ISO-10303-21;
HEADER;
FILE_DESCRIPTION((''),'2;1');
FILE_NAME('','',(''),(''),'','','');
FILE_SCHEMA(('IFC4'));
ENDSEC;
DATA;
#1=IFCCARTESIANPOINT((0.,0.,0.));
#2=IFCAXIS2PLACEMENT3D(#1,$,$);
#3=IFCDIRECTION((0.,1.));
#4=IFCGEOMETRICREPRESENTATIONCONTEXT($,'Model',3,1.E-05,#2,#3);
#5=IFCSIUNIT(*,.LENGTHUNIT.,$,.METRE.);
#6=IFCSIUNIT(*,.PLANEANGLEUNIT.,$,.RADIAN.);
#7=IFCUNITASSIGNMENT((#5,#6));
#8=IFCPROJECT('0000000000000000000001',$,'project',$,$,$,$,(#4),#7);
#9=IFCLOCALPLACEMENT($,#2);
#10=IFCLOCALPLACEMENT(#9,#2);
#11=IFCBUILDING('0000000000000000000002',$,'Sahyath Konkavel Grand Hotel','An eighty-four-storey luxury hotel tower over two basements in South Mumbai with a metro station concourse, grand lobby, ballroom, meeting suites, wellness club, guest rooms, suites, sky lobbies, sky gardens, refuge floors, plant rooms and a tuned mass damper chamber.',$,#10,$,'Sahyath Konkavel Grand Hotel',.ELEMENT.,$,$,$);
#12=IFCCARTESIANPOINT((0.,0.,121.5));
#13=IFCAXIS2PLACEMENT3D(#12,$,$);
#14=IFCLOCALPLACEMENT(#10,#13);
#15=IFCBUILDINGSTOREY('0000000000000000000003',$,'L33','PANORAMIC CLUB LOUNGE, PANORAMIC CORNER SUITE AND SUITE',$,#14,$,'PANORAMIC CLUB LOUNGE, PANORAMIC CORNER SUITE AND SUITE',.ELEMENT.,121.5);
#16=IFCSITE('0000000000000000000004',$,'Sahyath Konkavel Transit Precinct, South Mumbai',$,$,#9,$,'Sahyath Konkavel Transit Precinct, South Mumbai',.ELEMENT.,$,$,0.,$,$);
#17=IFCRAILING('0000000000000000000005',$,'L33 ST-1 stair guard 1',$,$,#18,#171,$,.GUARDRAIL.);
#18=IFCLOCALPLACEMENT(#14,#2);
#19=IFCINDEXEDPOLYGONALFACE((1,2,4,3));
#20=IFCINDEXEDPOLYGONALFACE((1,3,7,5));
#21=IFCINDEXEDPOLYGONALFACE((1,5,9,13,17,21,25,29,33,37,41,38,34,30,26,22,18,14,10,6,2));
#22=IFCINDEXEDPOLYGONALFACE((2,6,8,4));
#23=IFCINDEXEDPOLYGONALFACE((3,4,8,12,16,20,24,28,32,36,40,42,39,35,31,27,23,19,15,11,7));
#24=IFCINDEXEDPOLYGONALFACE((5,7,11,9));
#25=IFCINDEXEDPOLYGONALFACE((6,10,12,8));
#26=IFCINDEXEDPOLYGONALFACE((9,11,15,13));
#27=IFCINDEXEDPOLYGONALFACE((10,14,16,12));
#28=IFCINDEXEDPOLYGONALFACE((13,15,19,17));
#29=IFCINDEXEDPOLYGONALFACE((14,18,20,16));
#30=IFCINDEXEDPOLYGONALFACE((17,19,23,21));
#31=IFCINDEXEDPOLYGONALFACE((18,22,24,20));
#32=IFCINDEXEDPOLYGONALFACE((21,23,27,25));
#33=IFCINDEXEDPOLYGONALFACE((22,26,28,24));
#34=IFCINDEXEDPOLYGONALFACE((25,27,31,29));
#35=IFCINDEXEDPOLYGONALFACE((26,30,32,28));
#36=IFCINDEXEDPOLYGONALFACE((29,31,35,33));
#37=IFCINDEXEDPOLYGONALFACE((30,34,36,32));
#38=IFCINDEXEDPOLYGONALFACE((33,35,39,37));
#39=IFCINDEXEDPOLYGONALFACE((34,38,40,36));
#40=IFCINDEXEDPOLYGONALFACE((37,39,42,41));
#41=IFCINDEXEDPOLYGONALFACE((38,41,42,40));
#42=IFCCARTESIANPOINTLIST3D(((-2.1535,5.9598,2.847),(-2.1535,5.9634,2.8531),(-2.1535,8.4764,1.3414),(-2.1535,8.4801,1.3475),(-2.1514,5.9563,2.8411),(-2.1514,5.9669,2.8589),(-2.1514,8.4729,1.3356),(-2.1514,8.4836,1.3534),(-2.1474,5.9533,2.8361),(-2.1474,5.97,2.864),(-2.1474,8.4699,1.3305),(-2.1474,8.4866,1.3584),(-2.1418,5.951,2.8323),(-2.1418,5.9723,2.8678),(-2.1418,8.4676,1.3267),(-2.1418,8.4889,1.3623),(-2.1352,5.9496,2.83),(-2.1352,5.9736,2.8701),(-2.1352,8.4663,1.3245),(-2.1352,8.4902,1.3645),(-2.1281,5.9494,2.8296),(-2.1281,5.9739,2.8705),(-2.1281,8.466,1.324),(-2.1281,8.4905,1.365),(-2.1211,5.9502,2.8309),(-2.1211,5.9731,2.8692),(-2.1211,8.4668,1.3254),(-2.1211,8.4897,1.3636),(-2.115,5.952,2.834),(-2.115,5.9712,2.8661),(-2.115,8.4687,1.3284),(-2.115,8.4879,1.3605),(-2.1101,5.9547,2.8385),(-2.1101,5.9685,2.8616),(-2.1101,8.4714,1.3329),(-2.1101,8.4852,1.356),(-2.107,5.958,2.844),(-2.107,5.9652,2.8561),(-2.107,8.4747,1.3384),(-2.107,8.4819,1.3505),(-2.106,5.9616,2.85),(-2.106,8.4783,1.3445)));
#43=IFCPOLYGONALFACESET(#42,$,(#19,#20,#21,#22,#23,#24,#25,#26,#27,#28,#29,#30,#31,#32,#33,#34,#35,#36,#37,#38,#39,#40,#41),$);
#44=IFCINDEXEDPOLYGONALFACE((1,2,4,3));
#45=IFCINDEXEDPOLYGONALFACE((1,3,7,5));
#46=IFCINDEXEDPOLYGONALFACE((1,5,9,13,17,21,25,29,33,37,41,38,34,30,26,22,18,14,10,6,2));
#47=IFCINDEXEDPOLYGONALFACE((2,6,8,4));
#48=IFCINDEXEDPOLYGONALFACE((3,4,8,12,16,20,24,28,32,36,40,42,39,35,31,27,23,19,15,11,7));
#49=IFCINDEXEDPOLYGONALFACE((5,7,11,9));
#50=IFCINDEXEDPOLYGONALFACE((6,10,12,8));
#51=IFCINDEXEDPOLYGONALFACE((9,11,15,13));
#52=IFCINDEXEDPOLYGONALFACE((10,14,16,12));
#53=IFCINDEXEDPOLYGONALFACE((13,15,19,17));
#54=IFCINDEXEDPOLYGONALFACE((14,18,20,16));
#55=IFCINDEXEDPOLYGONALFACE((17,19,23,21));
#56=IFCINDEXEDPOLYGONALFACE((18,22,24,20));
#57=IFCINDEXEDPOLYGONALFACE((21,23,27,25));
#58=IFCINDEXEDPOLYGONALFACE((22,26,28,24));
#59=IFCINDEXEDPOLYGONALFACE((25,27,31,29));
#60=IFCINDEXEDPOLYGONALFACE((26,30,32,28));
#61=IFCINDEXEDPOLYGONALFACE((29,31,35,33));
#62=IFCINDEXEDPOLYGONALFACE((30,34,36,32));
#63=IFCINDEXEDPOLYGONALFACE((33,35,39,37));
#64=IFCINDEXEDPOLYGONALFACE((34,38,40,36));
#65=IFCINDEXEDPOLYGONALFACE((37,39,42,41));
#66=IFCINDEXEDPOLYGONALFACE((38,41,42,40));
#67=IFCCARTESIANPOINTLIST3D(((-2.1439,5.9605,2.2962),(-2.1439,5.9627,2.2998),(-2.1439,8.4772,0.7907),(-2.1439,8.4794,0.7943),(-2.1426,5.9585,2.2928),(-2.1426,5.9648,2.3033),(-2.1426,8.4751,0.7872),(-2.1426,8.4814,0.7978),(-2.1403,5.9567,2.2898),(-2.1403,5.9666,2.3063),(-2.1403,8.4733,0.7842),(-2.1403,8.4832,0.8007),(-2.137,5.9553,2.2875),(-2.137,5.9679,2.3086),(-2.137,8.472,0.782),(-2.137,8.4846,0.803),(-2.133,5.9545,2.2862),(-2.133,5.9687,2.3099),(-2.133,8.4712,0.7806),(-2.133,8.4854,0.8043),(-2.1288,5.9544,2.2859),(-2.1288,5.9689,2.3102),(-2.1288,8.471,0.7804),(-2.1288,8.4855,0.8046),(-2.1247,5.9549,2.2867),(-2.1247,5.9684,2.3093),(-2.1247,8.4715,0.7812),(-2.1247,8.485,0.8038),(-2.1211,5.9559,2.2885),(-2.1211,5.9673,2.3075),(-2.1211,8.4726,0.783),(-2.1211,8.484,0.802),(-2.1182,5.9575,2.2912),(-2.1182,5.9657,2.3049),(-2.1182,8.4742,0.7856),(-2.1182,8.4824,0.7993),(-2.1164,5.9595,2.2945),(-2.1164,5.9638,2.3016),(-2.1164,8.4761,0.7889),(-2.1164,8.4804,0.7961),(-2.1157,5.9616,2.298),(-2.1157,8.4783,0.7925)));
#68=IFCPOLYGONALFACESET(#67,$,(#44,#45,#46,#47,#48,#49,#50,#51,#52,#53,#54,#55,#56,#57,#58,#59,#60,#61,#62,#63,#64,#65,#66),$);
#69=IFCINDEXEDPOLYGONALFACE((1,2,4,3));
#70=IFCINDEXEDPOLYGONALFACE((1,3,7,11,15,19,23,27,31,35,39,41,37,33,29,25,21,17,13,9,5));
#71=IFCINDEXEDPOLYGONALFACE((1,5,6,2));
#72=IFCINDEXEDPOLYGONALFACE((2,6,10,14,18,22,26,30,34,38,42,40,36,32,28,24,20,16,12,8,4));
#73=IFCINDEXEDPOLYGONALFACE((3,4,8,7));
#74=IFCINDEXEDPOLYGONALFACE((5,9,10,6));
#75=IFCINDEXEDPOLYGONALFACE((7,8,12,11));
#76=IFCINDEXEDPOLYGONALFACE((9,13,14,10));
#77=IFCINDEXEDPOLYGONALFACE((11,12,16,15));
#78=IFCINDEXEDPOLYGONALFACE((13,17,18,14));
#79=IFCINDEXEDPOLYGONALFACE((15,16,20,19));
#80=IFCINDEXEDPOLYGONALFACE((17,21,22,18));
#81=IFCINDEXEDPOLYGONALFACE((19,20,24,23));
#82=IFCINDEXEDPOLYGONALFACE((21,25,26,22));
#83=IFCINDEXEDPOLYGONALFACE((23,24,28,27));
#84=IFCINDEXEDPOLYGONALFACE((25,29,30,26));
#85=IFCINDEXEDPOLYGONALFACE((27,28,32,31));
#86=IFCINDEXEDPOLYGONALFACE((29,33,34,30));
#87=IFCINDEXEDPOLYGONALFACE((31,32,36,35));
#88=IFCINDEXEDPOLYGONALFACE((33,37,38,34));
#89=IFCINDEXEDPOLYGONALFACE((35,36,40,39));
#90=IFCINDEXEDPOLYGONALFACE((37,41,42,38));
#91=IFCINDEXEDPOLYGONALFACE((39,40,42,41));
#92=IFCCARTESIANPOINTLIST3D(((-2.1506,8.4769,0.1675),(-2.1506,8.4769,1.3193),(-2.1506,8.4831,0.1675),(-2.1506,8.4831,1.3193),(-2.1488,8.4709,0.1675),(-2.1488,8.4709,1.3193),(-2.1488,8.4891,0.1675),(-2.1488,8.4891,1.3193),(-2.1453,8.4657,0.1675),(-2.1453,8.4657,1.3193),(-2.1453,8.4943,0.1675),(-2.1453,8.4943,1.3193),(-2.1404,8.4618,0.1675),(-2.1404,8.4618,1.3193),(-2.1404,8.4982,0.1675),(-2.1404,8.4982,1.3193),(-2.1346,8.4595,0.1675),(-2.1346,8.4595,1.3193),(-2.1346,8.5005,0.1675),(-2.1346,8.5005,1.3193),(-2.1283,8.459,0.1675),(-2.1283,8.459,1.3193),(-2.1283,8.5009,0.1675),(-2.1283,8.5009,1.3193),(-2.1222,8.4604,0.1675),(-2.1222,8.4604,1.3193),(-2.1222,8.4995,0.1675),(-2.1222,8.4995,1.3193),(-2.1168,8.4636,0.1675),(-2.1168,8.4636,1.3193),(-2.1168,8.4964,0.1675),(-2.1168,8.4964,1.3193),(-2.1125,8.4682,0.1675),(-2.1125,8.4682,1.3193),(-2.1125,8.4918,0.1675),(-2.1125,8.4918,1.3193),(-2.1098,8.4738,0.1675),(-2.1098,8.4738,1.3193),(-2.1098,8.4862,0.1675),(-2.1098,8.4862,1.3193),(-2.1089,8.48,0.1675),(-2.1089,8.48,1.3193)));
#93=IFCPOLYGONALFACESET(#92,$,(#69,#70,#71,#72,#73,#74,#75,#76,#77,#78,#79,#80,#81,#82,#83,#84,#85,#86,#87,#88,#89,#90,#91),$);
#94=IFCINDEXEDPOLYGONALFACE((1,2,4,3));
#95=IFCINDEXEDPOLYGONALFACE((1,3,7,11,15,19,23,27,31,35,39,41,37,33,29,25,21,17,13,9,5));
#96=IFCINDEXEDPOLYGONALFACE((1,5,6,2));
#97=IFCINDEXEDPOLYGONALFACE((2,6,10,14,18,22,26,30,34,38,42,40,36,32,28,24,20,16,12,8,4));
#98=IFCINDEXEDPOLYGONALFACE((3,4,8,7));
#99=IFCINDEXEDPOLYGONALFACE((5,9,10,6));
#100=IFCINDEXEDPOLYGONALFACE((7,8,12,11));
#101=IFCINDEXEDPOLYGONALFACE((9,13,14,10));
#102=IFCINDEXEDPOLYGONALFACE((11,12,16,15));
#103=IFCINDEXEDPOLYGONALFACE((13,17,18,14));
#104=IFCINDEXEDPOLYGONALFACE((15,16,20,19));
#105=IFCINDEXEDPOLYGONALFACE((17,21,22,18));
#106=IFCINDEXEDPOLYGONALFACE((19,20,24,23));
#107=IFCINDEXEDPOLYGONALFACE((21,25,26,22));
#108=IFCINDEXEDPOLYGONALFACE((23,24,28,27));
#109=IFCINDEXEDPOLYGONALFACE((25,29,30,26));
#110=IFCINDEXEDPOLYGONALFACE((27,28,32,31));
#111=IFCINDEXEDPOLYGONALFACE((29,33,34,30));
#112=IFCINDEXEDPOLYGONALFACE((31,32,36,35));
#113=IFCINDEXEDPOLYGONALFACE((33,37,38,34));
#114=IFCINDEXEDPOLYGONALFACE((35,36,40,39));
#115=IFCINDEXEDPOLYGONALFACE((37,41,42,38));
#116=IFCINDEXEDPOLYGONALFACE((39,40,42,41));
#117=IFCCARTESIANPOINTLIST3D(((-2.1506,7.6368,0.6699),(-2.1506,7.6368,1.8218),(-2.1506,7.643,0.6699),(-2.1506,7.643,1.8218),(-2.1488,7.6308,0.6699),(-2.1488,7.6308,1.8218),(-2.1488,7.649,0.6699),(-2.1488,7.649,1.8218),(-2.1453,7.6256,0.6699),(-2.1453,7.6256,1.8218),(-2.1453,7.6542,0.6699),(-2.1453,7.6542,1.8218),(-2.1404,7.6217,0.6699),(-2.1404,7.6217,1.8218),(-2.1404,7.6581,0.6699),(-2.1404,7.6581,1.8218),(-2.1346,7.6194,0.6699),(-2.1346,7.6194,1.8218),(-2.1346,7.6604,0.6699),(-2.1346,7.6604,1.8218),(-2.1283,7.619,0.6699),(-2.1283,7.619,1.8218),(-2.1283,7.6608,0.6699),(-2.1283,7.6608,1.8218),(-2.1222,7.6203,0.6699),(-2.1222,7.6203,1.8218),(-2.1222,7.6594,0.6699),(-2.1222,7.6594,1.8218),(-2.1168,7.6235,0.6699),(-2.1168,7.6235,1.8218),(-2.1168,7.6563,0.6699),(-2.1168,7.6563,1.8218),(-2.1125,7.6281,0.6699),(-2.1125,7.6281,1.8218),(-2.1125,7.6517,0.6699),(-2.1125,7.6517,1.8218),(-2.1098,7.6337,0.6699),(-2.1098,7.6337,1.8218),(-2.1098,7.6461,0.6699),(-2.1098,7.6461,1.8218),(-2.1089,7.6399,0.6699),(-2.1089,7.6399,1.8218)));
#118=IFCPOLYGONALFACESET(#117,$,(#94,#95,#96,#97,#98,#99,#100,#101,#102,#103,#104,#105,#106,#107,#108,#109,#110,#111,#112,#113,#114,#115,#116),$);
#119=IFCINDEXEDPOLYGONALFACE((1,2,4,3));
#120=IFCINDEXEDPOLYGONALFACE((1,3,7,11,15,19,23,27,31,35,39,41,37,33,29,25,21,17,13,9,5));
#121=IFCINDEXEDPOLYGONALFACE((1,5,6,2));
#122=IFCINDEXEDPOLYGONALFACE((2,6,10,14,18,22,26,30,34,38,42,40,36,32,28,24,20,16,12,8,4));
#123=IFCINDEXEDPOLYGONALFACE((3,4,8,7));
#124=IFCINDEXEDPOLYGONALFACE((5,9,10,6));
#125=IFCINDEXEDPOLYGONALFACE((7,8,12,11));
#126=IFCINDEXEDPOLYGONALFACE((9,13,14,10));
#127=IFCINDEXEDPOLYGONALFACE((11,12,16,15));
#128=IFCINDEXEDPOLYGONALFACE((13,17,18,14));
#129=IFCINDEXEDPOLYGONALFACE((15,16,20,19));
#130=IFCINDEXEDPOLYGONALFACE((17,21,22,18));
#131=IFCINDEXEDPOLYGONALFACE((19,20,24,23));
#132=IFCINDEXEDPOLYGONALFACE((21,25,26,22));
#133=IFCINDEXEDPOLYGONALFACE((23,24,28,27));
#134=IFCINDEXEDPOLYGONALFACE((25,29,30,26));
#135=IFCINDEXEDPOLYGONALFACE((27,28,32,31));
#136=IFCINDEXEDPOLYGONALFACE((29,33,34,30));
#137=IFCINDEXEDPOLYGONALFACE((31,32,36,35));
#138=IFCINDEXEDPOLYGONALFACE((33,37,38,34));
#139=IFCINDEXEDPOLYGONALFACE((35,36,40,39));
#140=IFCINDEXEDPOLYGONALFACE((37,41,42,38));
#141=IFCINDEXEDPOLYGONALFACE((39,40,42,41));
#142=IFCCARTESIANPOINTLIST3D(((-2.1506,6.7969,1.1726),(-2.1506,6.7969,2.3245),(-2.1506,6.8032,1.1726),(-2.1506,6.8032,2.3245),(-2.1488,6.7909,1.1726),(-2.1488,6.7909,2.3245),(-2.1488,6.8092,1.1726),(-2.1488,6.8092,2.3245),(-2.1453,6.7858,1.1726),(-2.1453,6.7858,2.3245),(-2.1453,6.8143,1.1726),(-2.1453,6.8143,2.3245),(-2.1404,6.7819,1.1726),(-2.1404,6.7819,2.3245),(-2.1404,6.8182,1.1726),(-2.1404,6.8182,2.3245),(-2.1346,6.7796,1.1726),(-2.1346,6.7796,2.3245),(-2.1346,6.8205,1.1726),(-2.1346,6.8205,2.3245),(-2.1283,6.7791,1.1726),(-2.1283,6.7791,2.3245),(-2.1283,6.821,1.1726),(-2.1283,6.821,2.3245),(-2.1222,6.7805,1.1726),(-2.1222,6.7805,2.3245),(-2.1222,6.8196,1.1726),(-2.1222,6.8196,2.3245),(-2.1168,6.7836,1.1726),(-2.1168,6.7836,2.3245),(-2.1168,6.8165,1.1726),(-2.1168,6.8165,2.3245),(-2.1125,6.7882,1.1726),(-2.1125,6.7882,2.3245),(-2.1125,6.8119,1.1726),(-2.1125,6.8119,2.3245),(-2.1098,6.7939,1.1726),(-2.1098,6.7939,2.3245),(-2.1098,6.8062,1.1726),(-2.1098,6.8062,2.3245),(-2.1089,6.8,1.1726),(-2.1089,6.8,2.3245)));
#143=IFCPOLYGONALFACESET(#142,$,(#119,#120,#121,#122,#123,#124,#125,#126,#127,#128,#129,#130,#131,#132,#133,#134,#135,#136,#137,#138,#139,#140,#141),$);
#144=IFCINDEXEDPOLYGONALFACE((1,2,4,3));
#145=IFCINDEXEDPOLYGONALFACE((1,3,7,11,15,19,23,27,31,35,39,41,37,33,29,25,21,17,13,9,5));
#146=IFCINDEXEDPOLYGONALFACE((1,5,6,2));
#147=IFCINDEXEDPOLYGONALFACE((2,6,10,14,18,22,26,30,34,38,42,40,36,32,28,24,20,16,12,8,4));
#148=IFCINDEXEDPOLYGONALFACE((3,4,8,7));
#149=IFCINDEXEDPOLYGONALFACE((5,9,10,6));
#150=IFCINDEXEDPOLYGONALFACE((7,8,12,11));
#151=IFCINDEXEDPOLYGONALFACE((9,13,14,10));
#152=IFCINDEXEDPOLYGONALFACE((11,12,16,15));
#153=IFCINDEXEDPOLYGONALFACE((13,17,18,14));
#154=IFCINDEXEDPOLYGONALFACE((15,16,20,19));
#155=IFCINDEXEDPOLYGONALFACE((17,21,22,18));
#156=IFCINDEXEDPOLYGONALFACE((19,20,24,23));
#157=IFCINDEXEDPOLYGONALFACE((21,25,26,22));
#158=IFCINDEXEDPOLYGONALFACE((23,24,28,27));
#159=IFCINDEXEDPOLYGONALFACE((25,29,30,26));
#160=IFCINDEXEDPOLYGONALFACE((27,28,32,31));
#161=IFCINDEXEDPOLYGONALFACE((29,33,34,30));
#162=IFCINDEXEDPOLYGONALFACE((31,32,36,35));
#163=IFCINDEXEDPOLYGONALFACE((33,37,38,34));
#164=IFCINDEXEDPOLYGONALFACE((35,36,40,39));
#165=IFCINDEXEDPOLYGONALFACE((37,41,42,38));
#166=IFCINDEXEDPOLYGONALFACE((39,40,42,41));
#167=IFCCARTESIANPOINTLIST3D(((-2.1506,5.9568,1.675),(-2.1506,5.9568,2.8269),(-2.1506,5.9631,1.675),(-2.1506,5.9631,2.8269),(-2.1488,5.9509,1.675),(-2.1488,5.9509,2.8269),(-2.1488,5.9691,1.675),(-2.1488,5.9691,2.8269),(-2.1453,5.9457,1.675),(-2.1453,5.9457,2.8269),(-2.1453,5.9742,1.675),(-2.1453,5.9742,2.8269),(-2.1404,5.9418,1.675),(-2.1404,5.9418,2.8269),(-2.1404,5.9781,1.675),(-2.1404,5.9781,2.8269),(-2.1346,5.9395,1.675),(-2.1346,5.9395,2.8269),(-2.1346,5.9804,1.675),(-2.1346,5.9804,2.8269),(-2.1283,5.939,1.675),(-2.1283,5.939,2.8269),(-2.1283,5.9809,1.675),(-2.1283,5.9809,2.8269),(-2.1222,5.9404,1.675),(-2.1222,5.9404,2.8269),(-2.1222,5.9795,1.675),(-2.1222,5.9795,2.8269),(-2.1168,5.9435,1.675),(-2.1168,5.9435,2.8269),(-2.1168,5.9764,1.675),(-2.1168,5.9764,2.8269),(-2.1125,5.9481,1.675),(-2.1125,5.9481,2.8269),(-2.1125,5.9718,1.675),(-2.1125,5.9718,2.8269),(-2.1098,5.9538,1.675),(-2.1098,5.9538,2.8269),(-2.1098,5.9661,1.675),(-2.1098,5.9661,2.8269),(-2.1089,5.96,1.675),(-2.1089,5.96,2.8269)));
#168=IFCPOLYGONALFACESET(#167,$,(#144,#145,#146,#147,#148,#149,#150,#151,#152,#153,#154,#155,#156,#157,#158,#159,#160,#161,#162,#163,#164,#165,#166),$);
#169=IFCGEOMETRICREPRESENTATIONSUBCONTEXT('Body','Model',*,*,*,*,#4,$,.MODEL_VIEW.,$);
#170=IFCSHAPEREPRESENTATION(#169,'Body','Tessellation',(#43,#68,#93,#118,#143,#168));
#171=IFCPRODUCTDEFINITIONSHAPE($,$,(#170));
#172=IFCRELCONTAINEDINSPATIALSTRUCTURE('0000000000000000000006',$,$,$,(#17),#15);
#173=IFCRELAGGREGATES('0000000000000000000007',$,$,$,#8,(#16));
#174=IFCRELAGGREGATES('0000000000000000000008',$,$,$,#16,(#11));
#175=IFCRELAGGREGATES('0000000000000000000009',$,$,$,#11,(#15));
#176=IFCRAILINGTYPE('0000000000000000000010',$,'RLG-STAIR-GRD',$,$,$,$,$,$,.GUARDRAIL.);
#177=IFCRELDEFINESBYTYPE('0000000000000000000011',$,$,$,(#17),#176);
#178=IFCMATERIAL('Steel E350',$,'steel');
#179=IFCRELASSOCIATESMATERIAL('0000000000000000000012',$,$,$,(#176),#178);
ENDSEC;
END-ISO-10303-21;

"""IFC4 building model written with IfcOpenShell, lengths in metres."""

from ifc_helpers import new_model, si_unit, direction, frame, origin, origin_2d, place, context, subcontext, project, spatial, circle, extrude, material, type_object, element, save


model = new_model("IFC4")

# Units and contexts
model_context = context("Model", 3, precision=1e-05, world=origin(), true_north=direction((0.0, 1.0)))
body_context = subcontext(model_context, "Body", "Model", "MODEL_VIEW")
ifc_project = project(units=[si_unit("LENGTHUNIT", "METRE"), si_unit("PLANEANGLEUNIT", "RADIAN")], contexts=[model_context])

# Site, building, storey
site_placement = place(None, origin())
site = spatial("IfcSite", under=ifc_project, at=site_placement, Name="Sahyath Konkavel Transit Precinct, South Mumbai", LongName="Sahyath Konkavel Transit Precinct, South Mumbai", CompositionType="ELEMENT", RefElevation=0.0)
building_placement = place(site_placement, origin())
building = spatial("IfcBuilding", under=site, at=building_placement, Name="Sahyath Konkavel Grand Hotel", Description="An eighty-four-storey luxury hotel tower over two basements in South Mumbai with a metro station concourse, grand lobby, ballroom, meeting suites, wellness club, guest rooms, suites, sky lobbies, sky gardens, refuge floors, plant rooms and a tuned mass damper chamber.", LongName="Sahyath Konkavel Grand Hotel", CompositionType="ELEMENT")
storey_placement = place(building_placement, frame((0.0, 0.0, 121.5)))
storey = spatial("IfcBuildingStorey", under=building, at=storey_placement, Name="L33", Description="PANORAMIC CLUB LOUNGE, PANORAMIC CORNER SUITE AND SUITE", LongName="PANORAMIC CLUB LOUNGE, PANORAMIC CORNER SUITE AND SUITE", CompositionType="ELEMENT", Elevation=121.5)

# Shared definitions
ifc_material_1 = material(Name="Steel E350", Category="steel")

# Railing
railing_type_1 = type_object("IfcRailingType", Name="RLG-STAIR-GRD", PredefinedType="GUARDRAIL", material=ifc_material_1)
railing_1_placement = place(storey_placement, frame((-2.1299, 8.48, 0.1675)))
element("IfcRailing", 1, at=railing_1_placement, inside=storey, type_object=railing_type_1, Name="L33 ST-1 stair guard 1", PredefinedType="GUARDRAIL", context=body_context, shape_type="SweptSolid", body=[
    extrude(circle(Radius=0.0239, at=origin_2d()), frame((0.0, -0.0017, 1.177), z_axis=(0.0, -0.85816, 0.513383), x_axis=(1.0, 0.0, 0.0)), (0.0, 0.0, 1.0), 2.9326),
    extrude(circle(Radius=0.0142, at=origin_2d()), frame((0.0, -0.0017, 0.625), z_axis=(0.0, -0.85816, 0.513383), x_axis=(1.0, 0.0, 0.0)), (0.0, 0.0, 1.0), 2.9326),
    extrude(circle(Radius=0.021, at=origin_2d()), origin(), (0.0, 0.0, 1.0), 1.1519),
    extrude(circle(Radius=0.021, at=origin_2d()), frame((0.0, -0.8401, 0.5024)), (0.0, 0.0, 1.0), 1.1519),
    extrude(circle(Radius=0.021, at=origin_2d()), frame((0.0, -1.6799, 1.0051)), (0.0, 0.0, 1.0), 1.1519),
    extrude(circle(Radius=0.021, at=origin_2d()), frame((0.0, -2.52, 1.5076)), (0.0, 0.0, 1.0), 1.1519),
])

save(model, "model.ifc")
